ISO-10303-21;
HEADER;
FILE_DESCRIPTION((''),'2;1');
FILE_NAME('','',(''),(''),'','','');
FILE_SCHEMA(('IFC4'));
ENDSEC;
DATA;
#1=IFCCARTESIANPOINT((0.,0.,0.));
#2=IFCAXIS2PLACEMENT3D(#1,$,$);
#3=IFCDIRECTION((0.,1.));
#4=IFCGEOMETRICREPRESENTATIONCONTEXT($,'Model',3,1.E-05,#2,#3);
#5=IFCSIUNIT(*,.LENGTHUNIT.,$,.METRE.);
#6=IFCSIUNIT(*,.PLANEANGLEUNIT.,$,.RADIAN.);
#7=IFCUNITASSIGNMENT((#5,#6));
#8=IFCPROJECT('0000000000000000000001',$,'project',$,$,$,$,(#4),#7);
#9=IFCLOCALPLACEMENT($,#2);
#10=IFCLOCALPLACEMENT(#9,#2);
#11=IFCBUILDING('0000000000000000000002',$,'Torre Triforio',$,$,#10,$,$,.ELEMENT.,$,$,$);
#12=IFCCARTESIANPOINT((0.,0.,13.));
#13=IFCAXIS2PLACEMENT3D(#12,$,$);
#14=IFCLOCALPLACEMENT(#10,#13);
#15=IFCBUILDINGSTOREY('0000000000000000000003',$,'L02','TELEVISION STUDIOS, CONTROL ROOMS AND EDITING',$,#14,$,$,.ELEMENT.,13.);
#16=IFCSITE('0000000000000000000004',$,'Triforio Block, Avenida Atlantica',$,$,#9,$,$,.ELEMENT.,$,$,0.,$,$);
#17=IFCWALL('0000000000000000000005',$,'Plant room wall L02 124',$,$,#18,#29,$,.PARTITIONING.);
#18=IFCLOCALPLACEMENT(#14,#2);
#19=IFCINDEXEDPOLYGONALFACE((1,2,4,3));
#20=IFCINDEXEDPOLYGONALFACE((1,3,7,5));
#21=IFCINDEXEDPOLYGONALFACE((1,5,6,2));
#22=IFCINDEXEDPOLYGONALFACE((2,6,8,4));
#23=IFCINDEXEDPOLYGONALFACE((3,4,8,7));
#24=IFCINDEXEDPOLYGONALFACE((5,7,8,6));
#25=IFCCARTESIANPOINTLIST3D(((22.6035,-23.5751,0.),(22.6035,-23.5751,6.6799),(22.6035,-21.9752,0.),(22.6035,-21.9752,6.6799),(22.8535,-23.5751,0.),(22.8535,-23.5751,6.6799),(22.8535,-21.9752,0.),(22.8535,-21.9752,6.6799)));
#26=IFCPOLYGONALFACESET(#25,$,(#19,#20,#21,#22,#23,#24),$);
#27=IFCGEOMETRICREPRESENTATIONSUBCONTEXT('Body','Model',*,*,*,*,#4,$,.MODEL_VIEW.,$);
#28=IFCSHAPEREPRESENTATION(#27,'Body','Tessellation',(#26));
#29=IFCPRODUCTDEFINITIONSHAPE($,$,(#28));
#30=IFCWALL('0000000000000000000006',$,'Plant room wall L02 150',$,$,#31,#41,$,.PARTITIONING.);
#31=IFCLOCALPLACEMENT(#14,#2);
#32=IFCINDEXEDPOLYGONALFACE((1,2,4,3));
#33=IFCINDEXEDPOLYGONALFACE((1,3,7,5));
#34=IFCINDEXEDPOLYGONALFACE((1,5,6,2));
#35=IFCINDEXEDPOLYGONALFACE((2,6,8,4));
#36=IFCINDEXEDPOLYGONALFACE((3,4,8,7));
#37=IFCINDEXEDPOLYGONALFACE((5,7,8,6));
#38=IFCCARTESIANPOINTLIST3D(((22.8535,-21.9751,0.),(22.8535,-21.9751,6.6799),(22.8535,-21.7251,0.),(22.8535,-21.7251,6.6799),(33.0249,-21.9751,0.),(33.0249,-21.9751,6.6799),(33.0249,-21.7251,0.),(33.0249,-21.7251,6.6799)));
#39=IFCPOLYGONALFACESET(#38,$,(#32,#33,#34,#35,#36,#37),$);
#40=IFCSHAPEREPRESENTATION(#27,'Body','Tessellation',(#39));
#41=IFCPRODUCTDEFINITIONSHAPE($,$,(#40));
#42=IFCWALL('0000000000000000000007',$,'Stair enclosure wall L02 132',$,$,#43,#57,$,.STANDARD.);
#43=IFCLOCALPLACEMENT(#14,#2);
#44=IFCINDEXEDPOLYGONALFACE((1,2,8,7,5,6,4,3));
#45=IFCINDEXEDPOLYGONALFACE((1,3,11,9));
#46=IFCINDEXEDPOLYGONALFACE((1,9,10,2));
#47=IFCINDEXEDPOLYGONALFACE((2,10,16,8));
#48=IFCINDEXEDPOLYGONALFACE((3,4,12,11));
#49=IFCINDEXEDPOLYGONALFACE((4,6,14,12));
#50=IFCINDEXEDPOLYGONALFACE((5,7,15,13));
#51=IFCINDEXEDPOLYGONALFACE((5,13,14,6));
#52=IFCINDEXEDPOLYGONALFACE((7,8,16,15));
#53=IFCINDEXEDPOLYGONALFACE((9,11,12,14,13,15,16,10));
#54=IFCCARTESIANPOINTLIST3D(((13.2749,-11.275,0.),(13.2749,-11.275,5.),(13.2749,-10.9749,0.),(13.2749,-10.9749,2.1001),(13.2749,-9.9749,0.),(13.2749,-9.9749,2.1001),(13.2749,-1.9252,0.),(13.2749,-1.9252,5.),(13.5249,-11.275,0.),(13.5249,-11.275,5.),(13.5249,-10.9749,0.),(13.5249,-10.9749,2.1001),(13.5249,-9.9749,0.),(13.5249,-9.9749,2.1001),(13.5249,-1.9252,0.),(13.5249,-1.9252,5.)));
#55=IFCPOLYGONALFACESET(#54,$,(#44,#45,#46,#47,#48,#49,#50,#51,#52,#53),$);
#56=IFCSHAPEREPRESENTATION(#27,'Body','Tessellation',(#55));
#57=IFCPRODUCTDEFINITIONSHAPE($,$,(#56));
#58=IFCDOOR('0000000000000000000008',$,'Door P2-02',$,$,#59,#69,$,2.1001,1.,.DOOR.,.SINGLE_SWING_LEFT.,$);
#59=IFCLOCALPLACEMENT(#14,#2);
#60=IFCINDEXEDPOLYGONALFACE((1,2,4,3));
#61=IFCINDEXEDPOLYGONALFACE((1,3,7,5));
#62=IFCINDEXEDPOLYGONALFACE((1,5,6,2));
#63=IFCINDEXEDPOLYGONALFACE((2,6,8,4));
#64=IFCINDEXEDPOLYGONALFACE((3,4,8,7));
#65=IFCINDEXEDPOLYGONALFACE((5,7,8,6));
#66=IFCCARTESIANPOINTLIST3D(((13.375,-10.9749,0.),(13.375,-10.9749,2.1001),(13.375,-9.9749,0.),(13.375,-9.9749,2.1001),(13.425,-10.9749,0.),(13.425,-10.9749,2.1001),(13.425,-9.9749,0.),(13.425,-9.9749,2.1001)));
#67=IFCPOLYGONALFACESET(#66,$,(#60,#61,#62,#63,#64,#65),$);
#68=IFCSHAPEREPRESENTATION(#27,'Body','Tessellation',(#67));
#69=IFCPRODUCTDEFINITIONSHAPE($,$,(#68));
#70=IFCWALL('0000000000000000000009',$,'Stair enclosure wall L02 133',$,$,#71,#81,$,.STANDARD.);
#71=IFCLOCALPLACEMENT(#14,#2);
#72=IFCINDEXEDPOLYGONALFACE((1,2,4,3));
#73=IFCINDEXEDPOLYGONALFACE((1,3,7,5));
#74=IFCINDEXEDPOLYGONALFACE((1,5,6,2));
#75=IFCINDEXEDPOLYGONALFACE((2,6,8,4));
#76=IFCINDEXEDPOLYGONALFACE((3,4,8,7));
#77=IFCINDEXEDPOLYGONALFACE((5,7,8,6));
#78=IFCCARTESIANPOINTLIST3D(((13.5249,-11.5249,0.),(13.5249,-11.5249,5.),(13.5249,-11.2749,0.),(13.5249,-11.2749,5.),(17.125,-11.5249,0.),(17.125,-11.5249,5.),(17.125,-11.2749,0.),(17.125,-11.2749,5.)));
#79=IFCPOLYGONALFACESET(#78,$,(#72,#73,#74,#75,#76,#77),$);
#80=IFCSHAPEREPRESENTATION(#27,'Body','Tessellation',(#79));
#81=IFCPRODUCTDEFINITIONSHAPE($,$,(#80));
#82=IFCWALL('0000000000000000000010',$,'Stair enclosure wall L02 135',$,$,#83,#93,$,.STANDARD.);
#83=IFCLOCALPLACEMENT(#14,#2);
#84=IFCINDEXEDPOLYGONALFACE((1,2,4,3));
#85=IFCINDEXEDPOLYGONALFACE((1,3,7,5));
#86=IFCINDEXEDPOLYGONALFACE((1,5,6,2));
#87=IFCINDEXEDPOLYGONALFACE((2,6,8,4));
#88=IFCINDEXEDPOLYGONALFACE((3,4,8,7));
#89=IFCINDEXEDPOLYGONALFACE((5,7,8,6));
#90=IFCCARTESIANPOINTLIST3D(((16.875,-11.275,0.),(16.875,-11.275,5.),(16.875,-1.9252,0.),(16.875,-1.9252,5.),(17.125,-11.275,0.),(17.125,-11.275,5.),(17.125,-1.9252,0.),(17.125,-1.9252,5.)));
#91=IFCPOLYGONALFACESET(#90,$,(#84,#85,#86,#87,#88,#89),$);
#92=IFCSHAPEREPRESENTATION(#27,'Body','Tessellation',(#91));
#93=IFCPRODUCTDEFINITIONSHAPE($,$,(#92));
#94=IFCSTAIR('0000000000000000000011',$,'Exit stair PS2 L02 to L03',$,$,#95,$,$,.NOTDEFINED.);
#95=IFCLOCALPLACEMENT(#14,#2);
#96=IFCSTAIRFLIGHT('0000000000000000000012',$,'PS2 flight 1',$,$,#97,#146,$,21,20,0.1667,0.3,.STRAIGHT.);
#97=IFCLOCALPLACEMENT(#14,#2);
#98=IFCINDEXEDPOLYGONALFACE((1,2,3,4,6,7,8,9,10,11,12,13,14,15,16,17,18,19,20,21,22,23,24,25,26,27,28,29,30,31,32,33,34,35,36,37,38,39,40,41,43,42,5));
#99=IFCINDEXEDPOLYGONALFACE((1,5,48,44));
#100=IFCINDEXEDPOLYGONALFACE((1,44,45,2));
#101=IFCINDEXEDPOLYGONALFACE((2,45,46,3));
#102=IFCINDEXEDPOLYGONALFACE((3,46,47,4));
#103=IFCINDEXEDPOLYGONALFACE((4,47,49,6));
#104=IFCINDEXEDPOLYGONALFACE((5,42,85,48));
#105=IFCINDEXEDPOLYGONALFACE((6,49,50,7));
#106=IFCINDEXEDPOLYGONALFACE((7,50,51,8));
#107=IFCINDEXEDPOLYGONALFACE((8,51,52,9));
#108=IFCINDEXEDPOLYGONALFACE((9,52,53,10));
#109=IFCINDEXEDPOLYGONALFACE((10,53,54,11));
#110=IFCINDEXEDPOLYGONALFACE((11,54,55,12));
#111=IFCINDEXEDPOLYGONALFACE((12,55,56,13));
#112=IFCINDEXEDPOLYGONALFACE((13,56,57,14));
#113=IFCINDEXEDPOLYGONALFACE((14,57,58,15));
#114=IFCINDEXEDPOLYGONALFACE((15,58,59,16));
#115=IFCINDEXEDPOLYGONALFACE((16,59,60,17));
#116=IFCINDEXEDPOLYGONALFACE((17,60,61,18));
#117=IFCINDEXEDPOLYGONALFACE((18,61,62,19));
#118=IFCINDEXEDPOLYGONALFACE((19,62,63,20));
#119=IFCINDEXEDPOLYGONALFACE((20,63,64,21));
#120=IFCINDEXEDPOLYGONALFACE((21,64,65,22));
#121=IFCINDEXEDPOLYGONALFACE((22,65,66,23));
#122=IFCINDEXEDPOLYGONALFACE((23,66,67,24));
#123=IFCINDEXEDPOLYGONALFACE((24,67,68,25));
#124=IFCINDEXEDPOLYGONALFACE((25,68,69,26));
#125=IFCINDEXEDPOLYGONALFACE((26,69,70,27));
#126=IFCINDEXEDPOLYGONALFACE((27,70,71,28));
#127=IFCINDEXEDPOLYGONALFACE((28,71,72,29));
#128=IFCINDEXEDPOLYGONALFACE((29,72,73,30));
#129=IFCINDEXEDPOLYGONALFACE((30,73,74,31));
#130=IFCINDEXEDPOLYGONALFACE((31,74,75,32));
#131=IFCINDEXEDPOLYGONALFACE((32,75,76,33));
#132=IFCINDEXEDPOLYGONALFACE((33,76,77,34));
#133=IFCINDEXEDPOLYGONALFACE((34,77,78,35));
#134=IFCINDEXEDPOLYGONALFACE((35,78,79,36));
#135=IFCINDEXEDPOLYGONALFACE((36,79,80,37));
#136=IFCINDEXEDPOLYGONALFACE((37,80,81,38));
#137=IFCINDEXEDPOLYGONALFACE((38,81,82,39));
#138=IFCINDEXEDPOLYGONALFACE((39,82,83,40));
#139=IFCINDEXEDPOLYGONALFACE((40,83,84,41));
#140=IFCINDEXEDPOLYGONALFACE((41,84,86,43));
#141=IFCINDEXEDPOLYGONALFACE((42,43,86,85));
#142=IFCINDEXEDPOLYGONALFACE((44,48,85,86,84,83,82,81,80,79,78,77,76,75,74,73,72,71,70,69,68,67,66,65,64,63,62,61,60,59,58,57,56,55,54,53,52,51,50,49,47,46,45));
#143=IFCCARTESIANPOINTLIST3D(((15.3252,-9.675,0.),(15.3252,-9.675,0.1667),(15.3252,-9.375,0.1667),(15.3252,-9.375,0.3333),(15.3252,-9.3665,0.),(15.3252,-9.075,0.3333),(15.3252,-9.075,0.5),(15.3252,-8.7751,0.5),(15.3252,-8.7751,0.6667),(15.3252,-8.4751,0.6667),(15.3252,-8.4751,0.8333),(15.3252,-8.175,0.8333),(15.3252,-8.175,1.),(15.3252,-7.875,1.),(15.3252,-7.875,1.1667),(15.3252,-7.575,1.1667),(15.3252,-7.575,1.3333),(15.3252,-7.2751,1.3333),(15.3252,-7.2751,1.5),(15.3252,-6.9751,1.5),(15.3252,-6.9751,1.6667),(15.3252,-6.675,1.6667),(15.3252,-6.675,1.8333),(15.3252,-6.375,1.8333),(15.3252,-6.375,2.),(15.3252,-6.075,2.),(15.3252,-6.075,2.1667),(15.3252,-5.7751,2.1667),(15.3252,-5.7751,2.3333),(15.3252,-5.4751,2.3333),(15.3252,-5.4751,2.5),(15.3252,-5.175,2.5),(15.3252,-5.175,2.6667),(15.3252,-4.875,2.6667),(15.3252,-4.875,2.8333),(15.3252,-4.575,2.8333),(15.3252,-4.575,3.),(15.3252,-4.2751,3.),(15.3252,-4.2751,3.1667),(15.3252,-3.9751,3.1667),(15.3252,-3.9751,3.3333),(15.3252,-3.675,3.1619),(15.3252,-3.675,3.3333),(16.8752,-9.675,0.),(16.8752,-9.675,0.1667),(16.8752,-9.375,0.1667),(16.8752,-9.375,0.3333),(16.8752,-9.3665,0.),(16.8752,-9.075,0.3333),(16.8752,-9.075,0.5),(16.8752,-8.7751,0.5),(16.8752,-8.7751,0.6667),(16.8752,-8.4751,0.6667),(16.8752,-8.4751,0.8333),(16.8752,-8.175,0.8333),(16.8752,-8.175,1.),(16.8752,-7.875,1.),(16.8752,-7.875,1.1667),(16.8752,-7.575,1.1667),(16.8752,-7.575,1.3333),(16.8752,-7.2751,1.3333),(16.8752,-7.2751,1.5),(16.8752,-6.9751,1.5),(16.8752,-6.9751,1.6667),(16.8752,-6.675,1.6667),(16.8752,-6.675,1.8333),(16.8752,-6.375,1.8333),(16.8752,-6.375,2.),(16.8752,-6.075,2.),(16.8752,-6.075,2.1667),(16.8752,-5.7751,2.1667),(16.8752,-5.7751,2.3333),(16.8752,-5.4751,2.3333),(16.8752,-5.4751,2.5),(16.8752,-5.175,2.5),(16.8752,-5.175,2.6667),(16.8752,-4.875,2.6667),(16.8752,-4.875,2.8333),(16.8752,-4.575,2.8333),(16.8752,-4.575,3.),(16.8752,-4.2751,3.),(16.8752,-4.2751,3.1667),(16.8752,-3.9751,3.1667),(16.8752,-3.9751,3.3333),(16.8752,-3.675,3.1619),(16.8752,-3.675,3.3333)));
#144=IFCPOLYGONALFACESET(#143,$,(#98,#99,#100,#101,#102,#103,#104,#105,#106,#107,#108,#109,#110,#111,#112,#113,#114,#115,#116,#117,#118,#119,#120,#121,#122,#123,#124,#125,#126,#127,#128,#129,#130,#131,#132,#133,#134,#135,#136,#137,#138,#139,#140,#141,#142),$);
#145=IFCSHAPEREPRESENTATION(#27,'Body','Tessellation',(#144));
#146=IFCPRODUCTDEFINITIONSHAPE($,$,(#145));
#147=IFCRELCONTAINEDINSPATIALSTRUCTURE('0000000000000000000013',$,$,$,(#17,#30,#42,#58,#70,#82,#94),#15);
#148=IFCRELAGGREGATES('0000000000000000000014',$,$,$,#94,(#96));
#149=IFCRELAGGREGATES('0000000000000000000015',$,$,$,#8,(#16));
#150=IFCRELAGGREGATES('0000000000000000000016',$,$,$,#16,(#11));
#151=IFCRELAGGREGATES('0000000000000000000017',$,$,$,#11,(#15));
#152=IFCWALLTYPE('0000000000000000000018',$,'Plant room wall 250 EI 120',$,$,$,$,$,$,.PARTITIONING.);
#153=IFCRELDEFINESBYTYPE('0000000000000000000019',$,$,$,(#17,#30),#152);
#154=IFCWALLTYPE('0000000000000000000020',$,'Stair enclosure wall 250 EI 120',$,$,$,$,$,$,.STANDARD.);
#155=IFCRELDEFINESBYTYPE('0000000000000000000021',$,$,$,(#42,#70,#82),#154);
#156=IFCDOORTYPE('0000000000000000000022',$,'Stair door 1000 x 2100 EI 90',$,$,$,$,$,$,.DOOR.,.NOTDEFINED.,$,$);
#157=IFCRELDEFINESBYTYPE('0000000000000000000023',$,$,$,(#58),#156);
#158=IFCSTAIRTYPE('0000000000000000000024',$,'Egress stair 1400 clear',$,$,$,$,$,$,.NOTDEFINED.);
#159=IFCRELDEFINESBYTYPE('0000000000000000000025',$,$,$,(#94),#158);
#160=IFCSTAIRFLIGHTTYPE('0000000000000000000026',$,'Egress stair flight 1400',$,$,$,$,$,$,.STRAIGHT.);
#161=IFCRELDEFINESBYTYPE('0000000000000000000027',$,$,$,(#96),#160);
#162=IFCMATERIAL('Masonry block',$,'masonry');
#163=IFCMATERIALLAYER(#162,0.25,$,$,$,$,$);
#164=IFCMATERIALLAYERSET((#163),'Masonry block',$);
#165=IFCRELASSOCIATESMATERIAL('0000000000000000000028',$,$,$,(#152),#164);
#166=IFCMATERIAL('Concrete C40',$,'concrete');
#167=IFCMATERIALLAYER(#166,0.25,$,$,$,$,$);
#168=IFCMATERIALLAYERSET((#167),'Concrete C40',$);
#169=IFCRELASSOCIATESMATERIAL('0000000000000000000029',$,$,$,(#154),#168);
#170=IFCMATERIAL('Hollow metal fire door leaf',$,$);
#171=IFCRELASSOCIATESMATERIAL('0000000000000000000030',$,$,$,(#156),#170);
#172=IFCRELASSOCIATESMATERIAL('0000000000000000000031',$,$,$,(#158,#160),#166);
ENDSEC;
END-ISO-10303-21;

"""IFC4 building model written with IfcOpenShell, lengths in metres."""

from ifc_helpers import new_model, si_unit, direction, frame, frame_2d, origin, place, context, subcontext, project, spatial, polyline, rectangle, outline, extrude, material, layer, layer_set, type_object, element, fill, aggregate, save


model = new_model("IFC4")

# Units and contexts
model_context = context("Model", 3, precision=1e-05, world=origin(), true_north=direction((0.0, 1.0)))
body_context = subcontext(model_context, "Body", "Model", "MODEL_VIEW")
ifc_project = project(units=[si_unit("LENGTHUNIT", "METRE"), si_unit("PLANEANGLEUNIT", "RADIAN")], contexts=[model_context])

# Site, building, storey
site_placement = place(None, origin())
site = spatial("IfcSite", under=ifc_project, at=site_placement, Name="Triforio Block, Avenida Atlantica", CompositionType="ELEMENT", RefElevation=0.0)
building_placement = place(site_placement, origin())
building = spatial("IfcBuilding", under=site, at=building_placement, Name="Torre Triforio", CompositionType="ELEMENT")
storey_placement = place(building_placement, frame((0.0, 0.0, 13.0)))
storey = spatial("IfcBuildingStorey", under=building, at=storey_placement, Name="L02", Description="TELEVISION STUDIOS, CONTROL ROOMS AND EDITING", CompositionType="ELEMENT", Elevation=13.0)

# Walls
ifc_material_1 = material(Name="Masonry block", Category="masonry")
ifc_layer_1 = layer(ifc_material_1, 0.25)
ifc_layer_set_1 = layer_set([ifc_layer_1], Name="Masonry block")
wall_type_1 = type_object("IfcWallType", Name="Plant room wall 250 EI 120", PredefinedType="PARTITIONING", material=ifc_layer_set_1)
wall_1_placement = place(storey_placement, frame((22.7285, -23.575, 0.0), z_axis=(0.0, 0.0, 1.0), x_axis=(0.0, 1.0, 0.0)))
element("IfcWall", 1, at=wall_1_placement, inside=storey, type_object=wall_type_1, Name="Plant room wall L02 124", PredefinedType="PARTITIONING", context=body_context, shape_type="SweptSolid", body=[
    extrude(rectangle(XDim=1.5999, YDim=0.25, at=frame_2d((0.7998, 0.0))), origin(), (0.0, 0.0, 1.0), 6.6799),
])
wall_2_placement = place(storey_placement, frame((22.8535, -21.8501, 0.0), z_axis=(0.0, 0.0, 1.0), x_axis=(1.0, 0.0, 0.0)))
element("IfcWall", 2, at=wall_2_placement, inside=storey, type_object=wall_type_1, Name="Plant room wall L02 150", PredefinedType="PARTITIONING", context=body_context, shape_type="SweptSolid", body=[
    extrude(rectangle(XDim=10.1714, YDim=0.25, at=frame_2d((5.0857, 0.0))), origin(), (0.0, 0.0, 1.0), 6.6799),
])

# Wall, opening, door
ifc_material_2 = material(Name="Concrete C40", Category="concrete")
ifc_layer_2 = layer(ifc_material_2, 0.25)
ifc_layer_set_2 = layer_set([ifc_layer_2], Name="Concrete C40")
wall_type_2 = type_object("IfcWallType", Name="Stair enclosure wall 250 EI 120", PredefinedType="STANDARD", material=ifc_layer_set_2)
wall_3_placement = place(storey_placement, frame((13.3999, -11.2749, 0.0), z_axis=(0.0, 0.0, 1.0), x_axis=(0.0, 1.0, 0.0)))
wall_3 = element("IfcWall", 3, at=wall_3_placement, inside=storey, type_object=wall_type_2, Name="Stair enclosure wall L02 132", PredefinedType="STANDARD", context=body_context, shape_type="SweptSolid", body=[
    extrude(rectangle(XDim=9.3499, YDim=0.25, at=frame_2d((4.6748, 0.0))), origin(), (0.0, 0.0, 1.0), 5.0),
])
opening_1_placement = place(wall_3_placement, frame((0.3, 0.0, 0.0)))
opening_1 = element("IfcOpeningElement", 4, at=opening_1_placement, cuts=wall_3, PredefinedType="OPENING", context=body_context, shape_type="SweptSolid", body=[
    extrude(rectangle(XDim=1.0, YDim=2.1001, at=frame_2d((0.5, 1.05))), frame((0.0, 0.135, 0.0), z_axis=(0.0, -1.0, 0.0), x_axis=(1.0, 0.0, 0.0)), (0.0, 0.0, 1.0), 0.27),
])
ifc_material_3 = material(Name="Hollow metal fire door leaf")
door_type_1 = type_object("IfcDoorType", Name="Stair door 1000 x 2100 EI 90", OperationType="NOTDEFINED", PredefinedType="DOOR", material=ifc_material_3)
door_1_placement = place(opening_1_placement, origin())
door_1 = element("IfcDoor", 5, at=door_1_placement, inside=storey, type_object=door_type_1, Name="Door P2-02", OperationType="SINGLE_SWING_LEFT", OverallHeight=2.1001, OverallWidth=1.0, PredefinedType="DOOR", context=body_context, shape_type="SweptSolid", body=[
    extrude(rectangle(XDim=1.0, YDim=2.1001, at=frame_2d((0.5, 1.05))), frame((0.0, 0.0249, 0.0), z_axis=(0.0, -1.0, 0.0), x_axis=(1.0, 0.0, 0.0)), (0.0, 0.0, 1.0), 0.05),
])
fill(opening_1, door_1)

# Walls
wall_4_placement = place(storey_placement, frame((13.5249, -11.3999, 0.0), z_axis=(0.0, 0.0, 1.0), x_axis=(1.0, 0.0, 0.0)))
element("IfcWall", 6, at=wall_4_placement, inside=storey, type_object=wall_type_2, Name="Stair enclosure wall L02 133", PredefinedType="STANDARD", context=body_context, shape_type="SweptSolid", body=[
    extrude(rectangle(XDim=3.6001, YDim=0.25, at=frame_2d((1.8, 0.0))), origin(), (0.0, 0.0, 1.0), 5.0),
])
wall_5_placement = place(storey_placement, frame((17.0, -11.2749, 0.0), z_axis=(0.0, 0.0, 1.0), x_axis=(0.0, 1.0, 0.0)))
element("IfcWall", 7, at=wall_5_placement, inside=storey, type_object=wall_type_2, Name="Stair enclosure wall L02 135", PredefinedType="STANDARD", context=body_context, shape_type="SweptSolid", body=[
    extrude(rectangle(XDim=9.3499, YDim=0.25, at=frame_2d((4.6748, 0.0))), origin(), (0.0, 0.0, 1.0), 5.0),
])

# Stair, stair flight
stair_type = type_object("IfcStairType", Name="Egress stair 1400 clear", PredefinedType="NOTDEFINED", material=ifc_material_2)
stair_placement = place(storey_placement, origin())
stair = element("IfcStair", 8, at=stair_placement, inside=storey, type_object=stair_type, Name="Exit stair PS2 L02 to L03", PredefinedType="NOTDEFINED")
stair_flight_type = type_object("IfcStairFlightType", Name="Egress stair flight 1400", PredefinedType="STRAIGHT", material=ifc_material_2)
stair_flight_placement = place(storey_placement, frame((16.1001, -9.675, 0.0), z_axis=(0.0, 0.0, 1.0), x_axis=(0.0, 1.0, 0.0)))
stair_flight = element("IfcStairFlight", 9, at=stair_flight_placement, type_object=stair_flight_type, Name="PS2 flight 1", NumberOfRisers=21, NumberOfTreads=20, PredefinedType="STRAIGHT", RiserHeight=0.1667, TreadLength=0.3, context=body_context, shape_type="SweptSolid", body=[
    extrude(outline(polyline([(0.0, 0.0), (0.0, 0.1667), (0.3, 0.1667), (0.3, 0.3333), (0.6001, 0.3333), (0.6001, 0.5), (0.8999, 0.5), (0.8999, 0.6667), (1.2, 0.6667), (1.2, 0.8333), (1.5, 0.8333), (1.5, 1.0), (1.8, 1.0), (1.8, 1.1667), (2.1001, 1.1667), (2.1001, 1.3333), (2.3999, 1.3333), (2.3999, 1.5), (2.7, 1.5), (2.7, 1.6667), (3.0, 1.6667), (3.0, 1.8333), (3.3, 1.8333), (3.3, 2.0), (3.6001, 2.0), (3.6001, 2.1667), (3.8999, 2.1667), (3.8999, 2.3333), (4.2, 2.3333), (4.2, 2.5), (4.5, 2.5), (4.5, 2.6667), (4.8, 2.6667), (4.8, 2.8333), (5.1001, 2.8333), (5.1001, 3.0), (5.3999, 3.0), (5.3999, 3.1667), (5.7, 3.1667), (5.7, 3.3333), (6.0, 3.3333), (6.0, 3.5), (6.0, 3.1619), (0.3086, 0.0), (0.0, 0.0)])), frame((0.0, 0.7749, 0.0), z_axis=(0.0, -1.0, 0.0), x_axis=(1.0, 0.0, 0.0)), (0.0, 0.0, 1.0), 1.55),
])
aggregate(stair, [stair_flight])

save(model, "model.ifc")
